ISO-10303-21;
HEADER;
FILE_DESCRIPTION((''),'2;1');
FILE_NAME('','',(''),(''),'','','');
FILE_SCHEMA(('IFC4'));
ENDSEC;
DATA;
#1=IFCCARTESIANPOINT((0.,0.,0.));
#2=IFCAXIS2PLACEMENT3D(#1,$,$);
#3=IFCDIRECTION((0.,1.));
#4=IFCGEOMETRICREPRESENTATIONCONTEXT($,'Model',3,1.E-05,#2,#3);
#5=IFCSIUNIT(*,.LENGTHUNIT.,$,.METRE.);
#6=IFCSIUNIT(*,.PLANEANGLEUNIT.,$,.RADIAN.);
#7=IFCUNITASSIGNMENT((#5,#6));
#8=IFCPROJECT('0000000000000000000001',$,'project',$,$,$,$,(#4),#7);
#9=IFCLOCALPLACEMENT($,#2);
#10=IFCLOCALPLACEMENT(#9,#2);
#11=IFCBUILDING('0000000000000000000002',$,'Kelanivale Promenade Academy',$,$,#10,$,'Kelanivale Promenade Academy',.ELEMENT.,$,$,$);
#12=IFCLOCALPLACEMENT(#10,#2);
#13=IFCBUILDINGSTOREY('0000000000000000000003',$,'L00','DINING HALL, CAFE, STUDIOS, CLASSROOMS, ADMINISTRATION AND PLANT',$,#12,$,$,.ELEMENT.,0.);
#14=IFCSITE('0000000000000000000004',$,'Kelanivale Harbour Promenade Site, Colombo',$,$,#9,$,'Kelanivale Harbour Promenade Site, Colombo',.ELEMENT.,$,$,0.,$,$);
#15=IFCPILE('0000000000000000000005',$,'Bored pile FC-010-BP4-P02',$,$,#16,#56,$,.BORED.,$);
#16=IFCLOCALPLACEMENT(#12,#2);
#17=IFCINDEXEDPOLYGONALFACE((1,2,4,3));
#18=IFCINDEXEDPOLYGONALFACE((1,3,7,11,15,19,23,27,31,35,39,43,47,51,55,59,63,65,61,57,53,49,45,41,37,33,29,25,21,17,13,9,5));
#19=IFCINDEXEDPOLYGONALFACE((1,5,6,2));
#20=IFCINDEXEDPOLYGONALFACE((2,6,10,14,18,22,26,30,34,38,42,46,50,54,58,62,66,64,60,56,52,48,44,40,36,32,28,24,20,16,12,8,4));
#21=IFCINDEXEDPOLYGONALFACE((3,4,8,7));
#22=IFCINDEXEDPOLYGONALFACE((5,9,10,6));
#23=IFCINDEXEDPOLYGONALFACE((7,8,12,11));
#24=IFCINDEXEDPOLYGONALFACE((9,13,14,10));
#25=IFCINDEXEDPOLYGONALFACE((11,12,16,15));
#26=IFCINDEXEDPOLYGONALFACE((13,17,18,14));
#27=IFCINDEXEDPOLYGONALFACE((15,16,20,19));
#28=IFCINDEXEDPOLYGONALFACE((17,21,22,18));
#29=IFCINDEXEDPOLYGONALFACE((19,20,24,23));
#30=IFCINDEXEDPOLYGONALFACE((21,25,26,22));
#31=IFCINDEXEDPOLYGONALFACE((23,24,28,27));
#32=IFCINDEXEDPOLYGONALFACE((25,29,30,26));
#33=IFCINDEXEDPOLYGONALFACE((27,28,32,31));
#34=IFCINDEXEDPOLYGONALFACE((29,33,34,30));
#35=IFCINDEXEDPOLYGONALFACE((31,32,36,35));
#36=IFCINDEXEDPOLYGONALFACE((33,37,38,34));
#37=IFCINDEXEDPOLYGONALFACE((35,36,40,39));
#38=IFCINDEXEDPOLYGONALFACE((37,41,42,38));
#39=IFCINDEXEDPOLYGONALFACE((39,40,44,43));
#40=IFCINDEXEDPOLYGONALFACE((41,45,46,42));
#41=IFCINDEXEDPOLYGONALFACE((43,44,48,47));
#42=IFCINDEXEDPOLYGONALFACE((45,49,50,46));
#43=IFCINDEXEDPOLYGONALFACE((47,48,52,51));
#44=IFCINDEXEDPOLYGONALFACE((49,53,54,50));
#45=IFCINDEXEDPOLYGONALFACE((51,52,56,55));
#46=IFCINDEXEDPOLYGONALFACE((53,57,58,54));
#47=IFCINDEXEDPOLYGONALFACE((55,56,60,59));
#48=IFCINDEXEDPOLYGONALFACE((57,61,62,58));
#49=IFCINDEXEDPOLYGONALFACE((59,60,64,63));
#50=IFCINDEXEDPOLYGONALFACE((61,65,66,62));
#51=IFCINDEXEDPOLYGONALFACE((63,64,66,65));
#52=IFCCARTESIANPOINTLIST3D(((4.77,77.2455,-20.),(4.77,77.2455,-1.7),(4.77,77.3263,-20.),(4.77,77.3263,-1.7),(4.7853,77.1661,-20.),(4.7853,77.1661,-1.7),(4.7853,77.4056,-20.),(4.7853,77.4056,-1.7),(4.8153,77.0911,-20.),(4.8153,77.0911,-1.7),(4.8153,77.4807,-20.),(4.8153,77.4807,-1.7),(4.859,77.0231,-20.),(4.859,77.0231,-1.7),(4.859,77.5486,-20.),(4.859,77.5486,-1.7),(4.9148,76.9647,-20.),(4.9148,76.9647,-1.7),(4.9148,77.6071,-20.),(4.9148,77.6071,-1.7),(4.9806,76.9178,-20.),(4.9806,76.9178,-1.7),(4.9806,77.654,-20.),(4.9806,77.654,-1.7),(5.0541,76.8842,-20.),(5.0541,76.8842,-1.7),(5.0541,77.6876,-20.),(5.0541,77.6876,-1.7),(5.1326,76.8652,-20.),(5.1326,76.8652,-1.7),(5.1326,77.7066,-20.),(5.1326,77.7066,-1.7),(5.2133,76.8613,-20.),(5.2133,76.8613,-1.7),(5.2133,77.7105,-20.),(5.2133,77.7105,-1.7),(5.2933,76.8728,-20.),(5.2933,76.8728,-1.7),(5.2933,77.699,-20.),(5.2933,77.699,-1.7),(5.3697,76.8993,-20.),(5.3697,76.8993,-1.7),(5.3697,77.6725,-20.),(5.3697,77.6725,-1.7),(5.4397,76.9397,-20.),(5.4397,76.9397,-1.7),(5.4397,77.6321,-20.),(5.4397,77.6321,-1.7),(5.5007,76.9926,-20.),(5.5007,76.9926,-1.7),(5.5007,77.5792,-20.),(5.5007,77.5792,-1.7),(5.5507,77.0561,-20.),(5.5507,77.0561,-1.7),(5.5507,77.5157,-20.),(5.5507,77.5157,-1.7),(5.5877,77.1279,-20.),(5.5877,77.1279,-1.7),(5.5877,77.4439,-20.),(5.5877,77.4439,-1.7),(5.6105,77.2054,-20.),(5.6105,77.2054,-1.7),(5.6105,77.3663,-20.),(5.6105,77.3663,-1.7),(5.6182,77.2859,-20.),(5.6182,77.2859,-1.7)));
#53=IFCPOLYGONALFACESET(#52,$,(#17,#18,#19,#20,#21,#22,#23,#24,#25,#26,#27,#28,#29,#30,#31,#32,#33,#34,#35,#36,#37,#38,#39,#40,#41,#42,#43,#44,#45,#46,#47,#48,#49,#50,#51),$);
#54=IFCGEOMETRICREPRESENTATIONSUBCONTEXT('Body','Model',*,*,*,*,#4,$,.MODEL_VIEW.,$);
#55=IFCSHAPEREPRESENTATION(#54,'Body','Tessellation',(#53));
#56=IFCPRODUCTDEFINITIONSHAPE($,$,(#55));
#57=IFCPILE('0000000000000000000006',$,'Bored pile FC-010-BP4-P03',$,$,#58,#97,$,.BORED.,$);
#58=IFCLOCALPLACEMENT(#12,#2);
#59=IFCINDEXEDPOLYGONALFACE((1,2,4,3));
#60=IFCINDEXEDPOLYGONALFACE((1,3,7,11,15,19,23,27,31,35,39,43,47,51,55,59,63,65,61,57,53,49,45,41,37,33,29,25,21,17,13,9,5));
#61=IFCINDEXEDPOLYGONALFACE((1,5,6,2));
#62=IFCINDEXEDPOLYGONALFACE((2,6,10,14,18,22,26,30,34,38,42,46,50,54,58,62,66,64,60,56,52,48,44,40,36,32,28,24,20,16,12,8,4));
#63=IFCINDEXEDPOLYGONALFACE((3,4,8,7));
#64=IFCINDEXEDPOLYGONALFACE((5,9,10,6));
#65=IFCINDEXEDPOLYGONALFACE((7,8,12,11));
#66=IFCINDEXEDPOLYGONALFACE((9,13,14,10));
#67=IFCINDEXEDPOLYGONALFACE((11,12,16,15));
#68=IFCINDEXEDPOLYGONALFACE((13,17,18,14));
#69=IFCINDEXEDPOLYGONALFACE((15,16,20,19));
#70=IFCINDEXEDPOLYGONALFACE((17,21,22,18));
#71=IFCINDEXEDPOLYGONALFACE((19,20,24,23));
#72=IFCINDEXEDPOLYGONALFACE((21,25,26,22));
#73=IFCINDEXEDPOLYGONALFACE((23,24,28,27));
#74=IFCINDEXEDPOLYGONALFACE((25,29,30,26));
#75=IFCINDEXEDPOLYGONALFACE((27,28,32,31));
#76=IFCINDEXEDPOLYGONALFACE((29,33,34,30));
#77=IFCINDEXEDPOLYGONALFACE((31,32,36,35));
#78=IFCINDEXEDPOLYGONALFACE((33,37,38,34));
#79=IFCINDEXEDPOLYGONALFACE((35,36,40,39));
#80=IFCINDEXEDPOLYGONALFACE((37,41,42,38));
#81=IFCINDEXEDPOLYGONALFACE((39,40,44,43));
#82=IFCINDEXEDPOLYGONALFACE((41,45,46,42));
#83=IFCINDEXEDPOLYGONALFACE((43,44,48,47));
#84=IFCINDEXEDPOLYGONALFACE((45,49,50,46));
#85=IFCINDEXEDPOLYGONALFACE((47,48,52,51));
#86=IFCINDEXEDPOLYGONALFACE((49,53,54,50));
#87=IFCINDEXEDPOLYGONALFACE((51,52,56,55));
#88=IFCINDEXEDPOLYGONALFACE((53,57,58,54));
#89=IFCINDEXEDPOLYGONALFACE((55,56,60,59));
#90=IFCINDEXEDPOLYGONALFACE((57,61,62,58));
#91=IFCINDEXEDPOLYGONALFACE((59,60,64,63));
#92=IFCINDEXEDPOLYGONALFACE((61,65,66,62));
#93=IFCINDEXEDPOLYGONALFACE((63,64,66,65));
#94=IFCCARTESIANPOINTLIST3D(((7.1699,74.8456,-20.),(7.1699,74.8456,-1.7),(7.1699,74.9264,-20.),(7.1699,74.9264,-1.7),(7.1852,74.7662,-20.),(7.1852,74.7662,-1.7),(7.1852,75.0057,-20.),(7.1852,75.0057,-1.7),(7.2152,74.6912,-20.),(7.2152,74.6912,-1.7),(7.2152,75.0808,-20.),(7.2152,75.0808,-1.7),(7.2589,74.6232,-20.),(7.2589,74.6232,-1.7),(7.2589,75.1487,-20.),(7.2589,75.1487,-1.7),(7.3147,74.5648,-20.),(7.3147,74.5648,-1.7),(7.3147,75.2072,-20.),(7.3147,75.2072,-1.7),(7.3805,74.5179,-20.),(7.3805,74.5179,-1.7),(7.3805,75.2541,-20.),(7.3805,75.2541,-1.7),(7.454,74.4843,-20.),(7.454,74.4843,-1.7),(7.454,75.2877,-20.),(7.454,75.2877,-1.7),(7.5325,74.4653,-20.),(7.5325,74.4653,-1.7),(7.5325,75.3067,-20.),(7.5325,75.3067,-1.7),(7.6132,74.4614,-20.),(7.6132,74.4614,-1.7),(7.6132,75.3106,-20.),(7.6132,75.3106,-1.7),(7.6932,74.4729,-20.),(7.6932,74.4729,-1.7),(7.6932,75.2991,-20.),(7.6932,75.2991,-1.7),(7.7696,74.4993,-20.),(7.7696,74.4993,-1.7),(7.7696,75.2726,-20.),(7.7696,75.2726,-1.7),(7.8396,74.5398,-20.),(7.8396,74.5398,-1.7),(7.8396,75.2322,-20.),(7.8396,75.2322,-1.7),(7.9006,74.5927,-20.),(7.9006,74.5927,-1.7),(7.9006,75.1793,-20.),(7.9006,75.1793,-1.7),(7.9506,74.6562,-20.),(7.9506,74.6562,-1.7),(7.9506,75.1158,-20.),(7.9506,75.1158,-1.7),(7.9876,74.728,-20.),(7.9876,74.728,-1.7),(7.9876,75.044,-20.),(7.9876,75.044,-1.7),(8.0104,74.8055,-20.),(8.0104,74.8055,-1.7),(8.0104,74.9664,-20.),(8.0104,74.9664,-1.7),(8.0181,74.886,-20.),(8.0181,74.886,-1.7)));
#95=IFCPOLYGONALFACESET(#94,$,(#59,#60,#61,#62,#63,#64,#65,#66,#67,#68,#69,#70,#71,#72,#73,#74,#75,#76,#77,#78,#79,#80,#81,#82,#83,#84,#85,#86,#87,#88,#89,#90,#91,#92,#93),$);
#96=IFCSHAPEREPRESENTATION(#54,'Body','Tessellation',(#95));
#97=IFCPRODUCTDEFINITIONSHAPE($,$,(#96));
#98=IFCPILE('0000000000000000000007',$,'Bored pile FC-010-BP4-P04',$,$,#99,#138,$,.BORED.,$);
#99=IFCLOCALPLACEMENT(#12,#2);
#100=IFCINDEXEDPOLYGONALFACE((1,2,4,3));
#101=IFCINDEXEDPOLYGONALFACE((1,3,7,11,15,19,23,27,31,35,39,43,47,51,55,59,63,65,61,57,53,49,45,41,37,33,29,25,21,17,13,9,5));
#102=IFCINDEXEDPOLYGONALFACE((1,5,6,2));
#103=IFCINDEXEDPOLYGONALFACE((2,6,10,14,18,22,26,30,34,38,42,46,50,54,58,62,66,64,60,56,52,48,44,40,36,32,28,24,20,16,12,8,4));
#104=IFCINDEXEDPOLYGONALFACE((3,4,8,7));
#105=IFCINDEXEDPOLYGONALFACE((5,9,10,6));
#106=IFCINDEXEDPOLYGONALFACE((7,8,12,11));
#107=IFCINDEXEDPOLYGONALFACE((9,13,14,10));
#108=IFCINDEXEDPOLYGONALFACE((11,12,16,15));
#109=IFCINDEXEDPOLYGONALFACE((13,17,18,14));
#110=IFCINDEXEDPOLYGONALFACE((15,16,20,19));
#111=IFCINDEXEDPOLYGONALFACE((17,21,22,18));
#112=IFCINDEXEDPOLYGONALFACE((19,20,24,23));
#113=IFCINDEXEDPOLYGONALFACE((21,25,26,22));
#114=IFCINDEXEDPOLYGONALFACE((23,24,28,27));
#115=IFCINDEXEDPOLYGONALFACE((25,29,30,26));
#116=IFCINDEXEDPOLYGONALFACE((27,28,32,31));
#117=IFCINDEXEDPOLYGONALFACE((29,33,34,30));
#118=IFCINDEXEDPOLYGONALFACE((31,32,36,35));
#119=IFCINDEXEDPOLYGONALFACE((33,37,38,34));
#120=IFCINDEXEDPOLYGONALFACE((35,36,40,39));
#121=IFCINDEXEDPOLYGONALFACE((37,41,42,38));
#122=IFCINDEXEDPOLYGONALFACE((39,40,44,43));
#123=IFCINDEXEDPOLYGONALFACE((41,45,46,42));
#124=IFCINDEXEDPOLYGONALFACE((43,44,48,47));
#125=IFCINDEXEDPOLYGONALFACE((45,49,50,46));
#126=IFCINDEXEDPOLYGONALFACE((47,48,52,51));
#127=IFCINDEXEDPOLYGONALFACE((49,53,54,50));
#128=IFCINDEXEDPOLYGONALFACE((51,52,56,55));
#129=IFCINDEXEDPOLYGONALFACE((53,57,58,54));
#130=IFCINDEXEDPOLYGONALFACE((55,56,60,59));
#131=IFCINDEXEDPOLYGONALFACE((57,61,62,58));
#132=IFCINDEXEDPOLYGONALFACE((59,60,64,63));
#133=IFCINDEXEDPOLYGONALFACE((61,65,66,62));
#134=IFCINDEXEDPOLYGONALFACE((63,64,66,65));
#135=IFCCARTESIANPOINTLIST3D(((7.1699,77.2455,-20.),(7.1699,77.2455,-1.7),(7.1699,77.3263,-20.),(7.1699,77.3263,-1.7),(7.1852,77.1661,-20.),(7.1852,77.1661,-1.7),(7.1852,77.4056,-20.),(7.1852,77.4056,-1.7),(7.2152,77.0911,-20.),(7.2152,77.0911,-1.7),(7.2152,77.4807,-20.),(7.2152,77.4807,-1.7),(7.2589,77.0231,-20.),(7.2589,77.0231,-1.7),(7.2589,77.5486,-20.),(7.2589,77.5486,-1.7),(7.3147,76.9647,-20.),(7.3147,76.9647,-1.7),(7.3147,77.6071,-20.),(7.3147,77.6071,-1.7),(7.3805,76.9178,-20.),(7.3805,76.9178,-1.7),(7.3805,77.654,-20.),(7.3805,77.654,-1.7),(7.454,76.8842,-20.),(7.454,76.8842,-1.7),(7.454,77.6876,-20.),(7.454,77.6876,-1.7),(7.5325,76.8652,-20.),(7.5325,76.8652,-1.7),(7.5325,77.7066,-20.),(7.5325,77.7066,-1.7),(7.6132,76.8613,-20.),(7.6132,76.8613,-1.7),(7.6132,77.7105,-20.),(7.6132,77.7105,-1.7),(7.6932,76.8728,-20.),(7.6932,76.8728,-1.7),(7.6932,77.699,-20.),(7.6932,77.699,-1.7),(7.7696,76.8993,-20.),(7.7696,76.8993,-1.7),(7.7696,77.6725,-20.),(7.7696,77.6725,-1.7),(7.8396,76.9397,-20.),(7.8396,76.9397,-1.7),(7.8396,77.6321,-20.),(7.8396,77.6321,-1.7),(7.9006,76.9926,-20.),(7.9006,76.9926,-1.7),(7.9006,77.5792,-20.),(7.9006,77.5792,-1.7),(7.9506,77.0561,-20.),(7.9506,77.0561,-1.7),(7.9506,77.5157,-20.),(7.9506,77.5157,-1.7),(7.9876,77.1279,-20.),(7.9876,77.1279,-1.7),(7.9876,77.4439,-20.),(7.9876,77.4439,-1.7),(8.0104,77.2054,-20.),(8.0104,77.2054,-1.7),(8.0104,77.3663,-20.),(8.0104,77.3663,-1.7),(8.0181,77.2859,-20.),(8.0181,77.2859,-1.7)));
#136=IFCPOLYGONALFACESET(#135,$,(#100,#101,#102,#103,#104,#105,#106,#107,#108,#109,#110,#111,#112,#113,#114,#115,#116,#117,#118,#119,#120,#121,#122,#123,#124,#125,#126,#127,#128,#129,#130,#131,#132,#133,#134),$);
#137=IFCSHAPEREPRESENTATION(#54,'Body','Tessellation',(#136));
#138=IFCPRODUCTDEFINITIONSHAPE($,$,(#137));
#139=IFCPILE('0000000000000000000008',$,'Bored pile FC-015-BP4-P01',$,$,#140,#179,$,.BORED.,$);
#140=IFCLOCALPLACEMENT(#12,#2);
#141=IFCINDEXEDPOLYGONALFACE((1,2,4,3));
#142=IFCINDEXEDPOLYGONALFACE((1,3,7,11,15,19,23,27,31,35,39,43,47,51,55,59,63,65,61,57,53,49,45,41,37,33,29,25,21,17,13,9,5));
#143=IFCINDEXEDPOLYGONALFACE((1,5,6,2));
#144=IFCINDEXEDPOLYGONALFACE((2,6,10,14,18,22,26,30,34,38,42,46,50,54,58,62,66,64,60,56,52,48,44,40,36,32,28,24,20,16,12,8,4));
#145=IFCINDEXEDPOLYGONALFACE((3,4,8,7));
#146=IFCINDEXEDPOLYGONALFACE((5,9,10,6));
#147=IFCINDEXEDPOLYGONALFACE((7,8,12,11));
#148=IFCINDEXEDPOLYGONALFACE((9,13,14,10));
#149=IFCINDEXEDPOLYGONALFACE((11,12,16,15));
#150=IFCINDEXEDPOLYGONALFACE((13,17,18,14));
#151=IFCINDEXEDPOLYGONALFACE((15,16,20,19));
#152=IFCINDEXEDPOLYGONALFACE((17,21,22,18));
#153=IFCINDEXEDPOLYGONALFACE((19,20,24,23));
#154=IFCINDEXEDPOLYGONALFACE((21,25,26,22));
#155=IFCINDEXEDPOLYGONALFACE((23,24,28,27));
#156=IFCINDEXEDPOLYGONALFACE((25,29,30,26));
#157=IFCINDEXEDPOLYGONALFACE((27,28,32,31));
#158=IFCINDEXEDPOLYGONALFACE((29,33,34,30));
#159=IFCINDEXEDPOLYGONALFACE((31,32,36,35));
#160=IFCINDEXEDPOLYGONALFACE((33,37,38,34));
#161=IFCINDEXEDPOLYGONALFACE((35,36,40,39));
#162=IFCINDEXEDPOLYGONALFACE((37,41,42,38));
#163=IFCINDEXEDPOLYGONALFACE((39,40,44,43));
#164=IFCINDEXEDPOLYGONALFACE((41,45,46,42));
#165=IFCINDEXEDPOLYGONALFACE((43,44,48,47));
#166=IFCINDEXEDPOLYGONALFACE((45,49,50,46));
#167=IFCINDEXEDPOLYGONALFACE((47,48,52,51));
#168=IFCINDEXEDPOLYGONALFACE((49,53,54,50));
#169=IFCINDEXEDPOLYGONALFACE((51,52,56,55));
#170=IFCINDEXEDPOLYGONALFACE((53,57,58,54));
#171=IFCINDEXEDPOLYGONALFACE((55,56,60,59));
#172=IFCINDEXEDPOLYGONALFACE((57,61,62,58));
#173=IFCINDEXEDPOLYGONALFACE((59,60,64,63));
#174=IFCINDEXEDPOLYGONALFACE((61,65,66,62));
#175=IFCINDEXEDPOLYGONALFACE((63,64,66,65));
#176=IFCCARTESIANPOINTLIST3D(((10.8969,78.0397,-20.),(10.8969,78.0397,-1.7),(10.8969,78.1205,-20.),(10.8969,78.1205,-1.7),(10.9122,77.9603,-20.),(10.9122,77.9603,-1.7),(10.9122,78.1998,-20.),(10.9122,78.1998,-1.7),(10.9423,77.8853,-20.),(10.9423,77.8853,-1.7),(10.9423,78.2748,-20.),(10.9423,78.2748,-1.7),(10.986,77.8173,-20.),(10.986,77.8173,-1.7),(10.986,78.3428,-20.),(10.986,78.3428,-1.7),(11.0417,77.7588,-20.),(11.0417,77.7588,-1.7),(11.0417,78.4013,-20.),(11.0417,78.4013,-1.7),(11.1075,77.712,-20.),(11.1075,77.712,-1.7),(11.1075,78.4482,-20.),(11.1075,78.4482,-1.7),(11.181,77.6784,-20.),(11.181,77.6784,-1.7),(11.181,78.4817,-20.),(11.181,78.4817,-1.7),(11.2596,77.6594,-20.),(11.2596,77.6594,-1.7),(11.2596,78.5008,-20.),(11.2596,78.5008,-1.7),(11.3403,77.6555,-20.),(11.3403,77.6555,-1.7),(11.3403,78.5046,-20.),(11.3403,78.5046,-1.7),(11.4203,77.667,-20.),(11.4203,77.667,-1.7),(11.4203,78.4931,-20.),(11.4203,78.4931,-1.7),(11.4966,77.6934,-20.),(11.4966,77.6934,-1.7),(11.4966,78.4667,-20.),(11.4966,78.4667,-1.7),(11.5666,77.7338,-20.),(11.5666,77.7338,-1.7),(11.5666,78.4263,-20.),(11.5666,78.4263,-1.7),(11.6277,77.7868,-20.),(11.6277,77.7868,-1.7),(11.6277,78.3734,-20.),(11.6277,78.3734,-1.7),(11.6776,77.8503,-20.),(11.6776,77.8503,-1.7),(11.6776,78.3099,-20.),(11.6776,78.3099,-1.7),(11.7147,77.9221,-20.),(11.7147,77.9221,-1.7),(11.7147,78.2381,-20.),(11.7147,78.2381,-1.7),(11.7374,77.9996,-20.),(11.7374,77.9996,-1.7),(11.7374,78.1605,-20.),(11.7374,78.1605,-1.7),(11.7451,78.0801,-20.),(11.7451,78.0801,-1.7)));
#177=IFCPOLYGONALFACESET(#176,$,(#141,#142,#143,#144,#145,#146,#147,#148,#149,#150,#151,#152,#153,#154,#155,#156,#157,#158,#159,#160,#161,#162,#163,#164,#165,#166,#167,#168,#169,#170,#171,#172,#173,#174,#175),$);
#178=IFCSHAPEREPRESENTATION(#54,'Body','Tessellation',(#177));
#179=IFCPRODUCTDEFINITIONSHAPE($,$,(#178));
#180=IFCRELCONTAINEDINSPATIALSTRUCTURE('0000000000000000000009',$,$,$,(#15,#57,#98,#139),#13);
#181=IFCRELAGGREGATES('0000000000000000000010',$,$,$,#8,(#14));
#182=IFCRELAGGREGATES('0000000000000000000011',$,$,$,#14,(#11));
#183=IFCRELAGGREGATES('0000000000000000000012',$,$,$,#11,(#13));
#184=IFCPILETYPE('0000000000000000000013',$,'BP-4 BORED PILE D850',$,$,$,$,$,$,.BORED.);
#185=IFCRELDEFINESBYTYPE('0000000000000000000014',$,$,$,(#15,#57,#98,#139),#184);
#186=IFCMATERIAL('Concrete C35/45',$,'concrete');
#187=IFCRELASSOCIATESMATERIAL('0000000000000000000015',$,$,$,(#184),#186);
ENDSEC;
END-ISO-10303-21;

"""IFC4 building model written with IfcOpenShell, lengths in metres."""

from ifc_helpers import new_model, si_unit, direction, frame, origin, origin_2d, place, context, subcontext, project, spatial, circle, extrude, material, material_profile, profile_set, type_object, element, save


model = new_model("IFC4")

# Units and contexts
model_context = context("Model", 3, precision=1e-05, world=origin(), true_north=direction((0.0, 1.0)))
body_context = subcontext(model_context, "Body", "Model", "MODEL_VIEW")
ifc_project = project(units=[si_unit("LENGTHUNIT", "METRE"), si_unit("PLANEANGLEUNIT", "RADIAN")], contexts=[model_context])

# Site, building, storey
site_placement = place(None, origin())
site = spatial("IfcSite", under=ifc_project, at=site_placement, Name="Kelanivale Harbour Promenade Site, Colombo", LongName="Kelanivale Harbour Promenade Site, Colombo", CompositionType="ELEMENT", RefElevation=0.0)
building_placement = place(site_placement, origin())
building = spatial("IfcBuilding", under=site, at=building_placement, Name="Kelanivale Promenade Academy", LongName="Kelanivale Promenade Academy", CompositionType="ELEMENT")
storey_placement = place(building_placement, origin())
storey = spatial("IfcBuildingStorey", under=building, at=storey_placement, Name="L00", Description="DINING HALL, CAFE, STUDIOS, CLASSROOMS, ADMINISTRATION AND PLANT", CompositionType="ELEMENT", Elevation=0.0)

# Piles
ifc_material_1 = material(Name="Concrete C35/45", Category="concrete")
ifc_material_profile_1 = material_profile(ifc_material_1, circle(Radius=0.425, at=origin_2d()), Name="BORED PILE D850")
ifc_profile_set_1 = profile_set([ifc_material_profile_1], Name="Concrete C35/45")
pile_type_1 = type_object("IfcPileType", Name="BP-4 BORED PILE D850", PredefinedType="BORED", material=ifc_profile_set_1)
for number, where, z_axis, x_axis, name in (
    (1, (5.1931, 77.2859, -1.7), (0.0, 0.0, -1.0), (1.0, 0.0, 0.0), "Bored pile FC-010-BP4-P02"),
    (2, (7.593, 74.886, -1.7), (0.0, 0.0, -1.0), (1.0, 0.0, 0.0), "Bored pile FC-010-BP4-P03"),
    (3, (7.593, 77.2859, -1.7), (0.0, 0.0, -1.0), (1.0, 0.0, 0.0), "Bored pile FC-010-BP4-P04"),
    (4, (11.3201, 78.0801, -1.7), (0.0, 0.0, -1.0), (1.0, 0.0, 0.0), "Bored pile FC-015-BP4-P01"),
):
    element("IfcPile", number, at=place(storey_placement, frame(where, z_axis=z_axis, x_axis=x_axis)), inside=storey, type_object=pile_type_1, Name=name, PredefinedType="BORED", context=body_context, shape_type="SweptSolid", body=[
        extrude(circle(Radius=0.425, at=origin_2d()), origin(), (0.0, 0.0, 1.0), 18.3),
    ])

save(model, "model.ifc")
